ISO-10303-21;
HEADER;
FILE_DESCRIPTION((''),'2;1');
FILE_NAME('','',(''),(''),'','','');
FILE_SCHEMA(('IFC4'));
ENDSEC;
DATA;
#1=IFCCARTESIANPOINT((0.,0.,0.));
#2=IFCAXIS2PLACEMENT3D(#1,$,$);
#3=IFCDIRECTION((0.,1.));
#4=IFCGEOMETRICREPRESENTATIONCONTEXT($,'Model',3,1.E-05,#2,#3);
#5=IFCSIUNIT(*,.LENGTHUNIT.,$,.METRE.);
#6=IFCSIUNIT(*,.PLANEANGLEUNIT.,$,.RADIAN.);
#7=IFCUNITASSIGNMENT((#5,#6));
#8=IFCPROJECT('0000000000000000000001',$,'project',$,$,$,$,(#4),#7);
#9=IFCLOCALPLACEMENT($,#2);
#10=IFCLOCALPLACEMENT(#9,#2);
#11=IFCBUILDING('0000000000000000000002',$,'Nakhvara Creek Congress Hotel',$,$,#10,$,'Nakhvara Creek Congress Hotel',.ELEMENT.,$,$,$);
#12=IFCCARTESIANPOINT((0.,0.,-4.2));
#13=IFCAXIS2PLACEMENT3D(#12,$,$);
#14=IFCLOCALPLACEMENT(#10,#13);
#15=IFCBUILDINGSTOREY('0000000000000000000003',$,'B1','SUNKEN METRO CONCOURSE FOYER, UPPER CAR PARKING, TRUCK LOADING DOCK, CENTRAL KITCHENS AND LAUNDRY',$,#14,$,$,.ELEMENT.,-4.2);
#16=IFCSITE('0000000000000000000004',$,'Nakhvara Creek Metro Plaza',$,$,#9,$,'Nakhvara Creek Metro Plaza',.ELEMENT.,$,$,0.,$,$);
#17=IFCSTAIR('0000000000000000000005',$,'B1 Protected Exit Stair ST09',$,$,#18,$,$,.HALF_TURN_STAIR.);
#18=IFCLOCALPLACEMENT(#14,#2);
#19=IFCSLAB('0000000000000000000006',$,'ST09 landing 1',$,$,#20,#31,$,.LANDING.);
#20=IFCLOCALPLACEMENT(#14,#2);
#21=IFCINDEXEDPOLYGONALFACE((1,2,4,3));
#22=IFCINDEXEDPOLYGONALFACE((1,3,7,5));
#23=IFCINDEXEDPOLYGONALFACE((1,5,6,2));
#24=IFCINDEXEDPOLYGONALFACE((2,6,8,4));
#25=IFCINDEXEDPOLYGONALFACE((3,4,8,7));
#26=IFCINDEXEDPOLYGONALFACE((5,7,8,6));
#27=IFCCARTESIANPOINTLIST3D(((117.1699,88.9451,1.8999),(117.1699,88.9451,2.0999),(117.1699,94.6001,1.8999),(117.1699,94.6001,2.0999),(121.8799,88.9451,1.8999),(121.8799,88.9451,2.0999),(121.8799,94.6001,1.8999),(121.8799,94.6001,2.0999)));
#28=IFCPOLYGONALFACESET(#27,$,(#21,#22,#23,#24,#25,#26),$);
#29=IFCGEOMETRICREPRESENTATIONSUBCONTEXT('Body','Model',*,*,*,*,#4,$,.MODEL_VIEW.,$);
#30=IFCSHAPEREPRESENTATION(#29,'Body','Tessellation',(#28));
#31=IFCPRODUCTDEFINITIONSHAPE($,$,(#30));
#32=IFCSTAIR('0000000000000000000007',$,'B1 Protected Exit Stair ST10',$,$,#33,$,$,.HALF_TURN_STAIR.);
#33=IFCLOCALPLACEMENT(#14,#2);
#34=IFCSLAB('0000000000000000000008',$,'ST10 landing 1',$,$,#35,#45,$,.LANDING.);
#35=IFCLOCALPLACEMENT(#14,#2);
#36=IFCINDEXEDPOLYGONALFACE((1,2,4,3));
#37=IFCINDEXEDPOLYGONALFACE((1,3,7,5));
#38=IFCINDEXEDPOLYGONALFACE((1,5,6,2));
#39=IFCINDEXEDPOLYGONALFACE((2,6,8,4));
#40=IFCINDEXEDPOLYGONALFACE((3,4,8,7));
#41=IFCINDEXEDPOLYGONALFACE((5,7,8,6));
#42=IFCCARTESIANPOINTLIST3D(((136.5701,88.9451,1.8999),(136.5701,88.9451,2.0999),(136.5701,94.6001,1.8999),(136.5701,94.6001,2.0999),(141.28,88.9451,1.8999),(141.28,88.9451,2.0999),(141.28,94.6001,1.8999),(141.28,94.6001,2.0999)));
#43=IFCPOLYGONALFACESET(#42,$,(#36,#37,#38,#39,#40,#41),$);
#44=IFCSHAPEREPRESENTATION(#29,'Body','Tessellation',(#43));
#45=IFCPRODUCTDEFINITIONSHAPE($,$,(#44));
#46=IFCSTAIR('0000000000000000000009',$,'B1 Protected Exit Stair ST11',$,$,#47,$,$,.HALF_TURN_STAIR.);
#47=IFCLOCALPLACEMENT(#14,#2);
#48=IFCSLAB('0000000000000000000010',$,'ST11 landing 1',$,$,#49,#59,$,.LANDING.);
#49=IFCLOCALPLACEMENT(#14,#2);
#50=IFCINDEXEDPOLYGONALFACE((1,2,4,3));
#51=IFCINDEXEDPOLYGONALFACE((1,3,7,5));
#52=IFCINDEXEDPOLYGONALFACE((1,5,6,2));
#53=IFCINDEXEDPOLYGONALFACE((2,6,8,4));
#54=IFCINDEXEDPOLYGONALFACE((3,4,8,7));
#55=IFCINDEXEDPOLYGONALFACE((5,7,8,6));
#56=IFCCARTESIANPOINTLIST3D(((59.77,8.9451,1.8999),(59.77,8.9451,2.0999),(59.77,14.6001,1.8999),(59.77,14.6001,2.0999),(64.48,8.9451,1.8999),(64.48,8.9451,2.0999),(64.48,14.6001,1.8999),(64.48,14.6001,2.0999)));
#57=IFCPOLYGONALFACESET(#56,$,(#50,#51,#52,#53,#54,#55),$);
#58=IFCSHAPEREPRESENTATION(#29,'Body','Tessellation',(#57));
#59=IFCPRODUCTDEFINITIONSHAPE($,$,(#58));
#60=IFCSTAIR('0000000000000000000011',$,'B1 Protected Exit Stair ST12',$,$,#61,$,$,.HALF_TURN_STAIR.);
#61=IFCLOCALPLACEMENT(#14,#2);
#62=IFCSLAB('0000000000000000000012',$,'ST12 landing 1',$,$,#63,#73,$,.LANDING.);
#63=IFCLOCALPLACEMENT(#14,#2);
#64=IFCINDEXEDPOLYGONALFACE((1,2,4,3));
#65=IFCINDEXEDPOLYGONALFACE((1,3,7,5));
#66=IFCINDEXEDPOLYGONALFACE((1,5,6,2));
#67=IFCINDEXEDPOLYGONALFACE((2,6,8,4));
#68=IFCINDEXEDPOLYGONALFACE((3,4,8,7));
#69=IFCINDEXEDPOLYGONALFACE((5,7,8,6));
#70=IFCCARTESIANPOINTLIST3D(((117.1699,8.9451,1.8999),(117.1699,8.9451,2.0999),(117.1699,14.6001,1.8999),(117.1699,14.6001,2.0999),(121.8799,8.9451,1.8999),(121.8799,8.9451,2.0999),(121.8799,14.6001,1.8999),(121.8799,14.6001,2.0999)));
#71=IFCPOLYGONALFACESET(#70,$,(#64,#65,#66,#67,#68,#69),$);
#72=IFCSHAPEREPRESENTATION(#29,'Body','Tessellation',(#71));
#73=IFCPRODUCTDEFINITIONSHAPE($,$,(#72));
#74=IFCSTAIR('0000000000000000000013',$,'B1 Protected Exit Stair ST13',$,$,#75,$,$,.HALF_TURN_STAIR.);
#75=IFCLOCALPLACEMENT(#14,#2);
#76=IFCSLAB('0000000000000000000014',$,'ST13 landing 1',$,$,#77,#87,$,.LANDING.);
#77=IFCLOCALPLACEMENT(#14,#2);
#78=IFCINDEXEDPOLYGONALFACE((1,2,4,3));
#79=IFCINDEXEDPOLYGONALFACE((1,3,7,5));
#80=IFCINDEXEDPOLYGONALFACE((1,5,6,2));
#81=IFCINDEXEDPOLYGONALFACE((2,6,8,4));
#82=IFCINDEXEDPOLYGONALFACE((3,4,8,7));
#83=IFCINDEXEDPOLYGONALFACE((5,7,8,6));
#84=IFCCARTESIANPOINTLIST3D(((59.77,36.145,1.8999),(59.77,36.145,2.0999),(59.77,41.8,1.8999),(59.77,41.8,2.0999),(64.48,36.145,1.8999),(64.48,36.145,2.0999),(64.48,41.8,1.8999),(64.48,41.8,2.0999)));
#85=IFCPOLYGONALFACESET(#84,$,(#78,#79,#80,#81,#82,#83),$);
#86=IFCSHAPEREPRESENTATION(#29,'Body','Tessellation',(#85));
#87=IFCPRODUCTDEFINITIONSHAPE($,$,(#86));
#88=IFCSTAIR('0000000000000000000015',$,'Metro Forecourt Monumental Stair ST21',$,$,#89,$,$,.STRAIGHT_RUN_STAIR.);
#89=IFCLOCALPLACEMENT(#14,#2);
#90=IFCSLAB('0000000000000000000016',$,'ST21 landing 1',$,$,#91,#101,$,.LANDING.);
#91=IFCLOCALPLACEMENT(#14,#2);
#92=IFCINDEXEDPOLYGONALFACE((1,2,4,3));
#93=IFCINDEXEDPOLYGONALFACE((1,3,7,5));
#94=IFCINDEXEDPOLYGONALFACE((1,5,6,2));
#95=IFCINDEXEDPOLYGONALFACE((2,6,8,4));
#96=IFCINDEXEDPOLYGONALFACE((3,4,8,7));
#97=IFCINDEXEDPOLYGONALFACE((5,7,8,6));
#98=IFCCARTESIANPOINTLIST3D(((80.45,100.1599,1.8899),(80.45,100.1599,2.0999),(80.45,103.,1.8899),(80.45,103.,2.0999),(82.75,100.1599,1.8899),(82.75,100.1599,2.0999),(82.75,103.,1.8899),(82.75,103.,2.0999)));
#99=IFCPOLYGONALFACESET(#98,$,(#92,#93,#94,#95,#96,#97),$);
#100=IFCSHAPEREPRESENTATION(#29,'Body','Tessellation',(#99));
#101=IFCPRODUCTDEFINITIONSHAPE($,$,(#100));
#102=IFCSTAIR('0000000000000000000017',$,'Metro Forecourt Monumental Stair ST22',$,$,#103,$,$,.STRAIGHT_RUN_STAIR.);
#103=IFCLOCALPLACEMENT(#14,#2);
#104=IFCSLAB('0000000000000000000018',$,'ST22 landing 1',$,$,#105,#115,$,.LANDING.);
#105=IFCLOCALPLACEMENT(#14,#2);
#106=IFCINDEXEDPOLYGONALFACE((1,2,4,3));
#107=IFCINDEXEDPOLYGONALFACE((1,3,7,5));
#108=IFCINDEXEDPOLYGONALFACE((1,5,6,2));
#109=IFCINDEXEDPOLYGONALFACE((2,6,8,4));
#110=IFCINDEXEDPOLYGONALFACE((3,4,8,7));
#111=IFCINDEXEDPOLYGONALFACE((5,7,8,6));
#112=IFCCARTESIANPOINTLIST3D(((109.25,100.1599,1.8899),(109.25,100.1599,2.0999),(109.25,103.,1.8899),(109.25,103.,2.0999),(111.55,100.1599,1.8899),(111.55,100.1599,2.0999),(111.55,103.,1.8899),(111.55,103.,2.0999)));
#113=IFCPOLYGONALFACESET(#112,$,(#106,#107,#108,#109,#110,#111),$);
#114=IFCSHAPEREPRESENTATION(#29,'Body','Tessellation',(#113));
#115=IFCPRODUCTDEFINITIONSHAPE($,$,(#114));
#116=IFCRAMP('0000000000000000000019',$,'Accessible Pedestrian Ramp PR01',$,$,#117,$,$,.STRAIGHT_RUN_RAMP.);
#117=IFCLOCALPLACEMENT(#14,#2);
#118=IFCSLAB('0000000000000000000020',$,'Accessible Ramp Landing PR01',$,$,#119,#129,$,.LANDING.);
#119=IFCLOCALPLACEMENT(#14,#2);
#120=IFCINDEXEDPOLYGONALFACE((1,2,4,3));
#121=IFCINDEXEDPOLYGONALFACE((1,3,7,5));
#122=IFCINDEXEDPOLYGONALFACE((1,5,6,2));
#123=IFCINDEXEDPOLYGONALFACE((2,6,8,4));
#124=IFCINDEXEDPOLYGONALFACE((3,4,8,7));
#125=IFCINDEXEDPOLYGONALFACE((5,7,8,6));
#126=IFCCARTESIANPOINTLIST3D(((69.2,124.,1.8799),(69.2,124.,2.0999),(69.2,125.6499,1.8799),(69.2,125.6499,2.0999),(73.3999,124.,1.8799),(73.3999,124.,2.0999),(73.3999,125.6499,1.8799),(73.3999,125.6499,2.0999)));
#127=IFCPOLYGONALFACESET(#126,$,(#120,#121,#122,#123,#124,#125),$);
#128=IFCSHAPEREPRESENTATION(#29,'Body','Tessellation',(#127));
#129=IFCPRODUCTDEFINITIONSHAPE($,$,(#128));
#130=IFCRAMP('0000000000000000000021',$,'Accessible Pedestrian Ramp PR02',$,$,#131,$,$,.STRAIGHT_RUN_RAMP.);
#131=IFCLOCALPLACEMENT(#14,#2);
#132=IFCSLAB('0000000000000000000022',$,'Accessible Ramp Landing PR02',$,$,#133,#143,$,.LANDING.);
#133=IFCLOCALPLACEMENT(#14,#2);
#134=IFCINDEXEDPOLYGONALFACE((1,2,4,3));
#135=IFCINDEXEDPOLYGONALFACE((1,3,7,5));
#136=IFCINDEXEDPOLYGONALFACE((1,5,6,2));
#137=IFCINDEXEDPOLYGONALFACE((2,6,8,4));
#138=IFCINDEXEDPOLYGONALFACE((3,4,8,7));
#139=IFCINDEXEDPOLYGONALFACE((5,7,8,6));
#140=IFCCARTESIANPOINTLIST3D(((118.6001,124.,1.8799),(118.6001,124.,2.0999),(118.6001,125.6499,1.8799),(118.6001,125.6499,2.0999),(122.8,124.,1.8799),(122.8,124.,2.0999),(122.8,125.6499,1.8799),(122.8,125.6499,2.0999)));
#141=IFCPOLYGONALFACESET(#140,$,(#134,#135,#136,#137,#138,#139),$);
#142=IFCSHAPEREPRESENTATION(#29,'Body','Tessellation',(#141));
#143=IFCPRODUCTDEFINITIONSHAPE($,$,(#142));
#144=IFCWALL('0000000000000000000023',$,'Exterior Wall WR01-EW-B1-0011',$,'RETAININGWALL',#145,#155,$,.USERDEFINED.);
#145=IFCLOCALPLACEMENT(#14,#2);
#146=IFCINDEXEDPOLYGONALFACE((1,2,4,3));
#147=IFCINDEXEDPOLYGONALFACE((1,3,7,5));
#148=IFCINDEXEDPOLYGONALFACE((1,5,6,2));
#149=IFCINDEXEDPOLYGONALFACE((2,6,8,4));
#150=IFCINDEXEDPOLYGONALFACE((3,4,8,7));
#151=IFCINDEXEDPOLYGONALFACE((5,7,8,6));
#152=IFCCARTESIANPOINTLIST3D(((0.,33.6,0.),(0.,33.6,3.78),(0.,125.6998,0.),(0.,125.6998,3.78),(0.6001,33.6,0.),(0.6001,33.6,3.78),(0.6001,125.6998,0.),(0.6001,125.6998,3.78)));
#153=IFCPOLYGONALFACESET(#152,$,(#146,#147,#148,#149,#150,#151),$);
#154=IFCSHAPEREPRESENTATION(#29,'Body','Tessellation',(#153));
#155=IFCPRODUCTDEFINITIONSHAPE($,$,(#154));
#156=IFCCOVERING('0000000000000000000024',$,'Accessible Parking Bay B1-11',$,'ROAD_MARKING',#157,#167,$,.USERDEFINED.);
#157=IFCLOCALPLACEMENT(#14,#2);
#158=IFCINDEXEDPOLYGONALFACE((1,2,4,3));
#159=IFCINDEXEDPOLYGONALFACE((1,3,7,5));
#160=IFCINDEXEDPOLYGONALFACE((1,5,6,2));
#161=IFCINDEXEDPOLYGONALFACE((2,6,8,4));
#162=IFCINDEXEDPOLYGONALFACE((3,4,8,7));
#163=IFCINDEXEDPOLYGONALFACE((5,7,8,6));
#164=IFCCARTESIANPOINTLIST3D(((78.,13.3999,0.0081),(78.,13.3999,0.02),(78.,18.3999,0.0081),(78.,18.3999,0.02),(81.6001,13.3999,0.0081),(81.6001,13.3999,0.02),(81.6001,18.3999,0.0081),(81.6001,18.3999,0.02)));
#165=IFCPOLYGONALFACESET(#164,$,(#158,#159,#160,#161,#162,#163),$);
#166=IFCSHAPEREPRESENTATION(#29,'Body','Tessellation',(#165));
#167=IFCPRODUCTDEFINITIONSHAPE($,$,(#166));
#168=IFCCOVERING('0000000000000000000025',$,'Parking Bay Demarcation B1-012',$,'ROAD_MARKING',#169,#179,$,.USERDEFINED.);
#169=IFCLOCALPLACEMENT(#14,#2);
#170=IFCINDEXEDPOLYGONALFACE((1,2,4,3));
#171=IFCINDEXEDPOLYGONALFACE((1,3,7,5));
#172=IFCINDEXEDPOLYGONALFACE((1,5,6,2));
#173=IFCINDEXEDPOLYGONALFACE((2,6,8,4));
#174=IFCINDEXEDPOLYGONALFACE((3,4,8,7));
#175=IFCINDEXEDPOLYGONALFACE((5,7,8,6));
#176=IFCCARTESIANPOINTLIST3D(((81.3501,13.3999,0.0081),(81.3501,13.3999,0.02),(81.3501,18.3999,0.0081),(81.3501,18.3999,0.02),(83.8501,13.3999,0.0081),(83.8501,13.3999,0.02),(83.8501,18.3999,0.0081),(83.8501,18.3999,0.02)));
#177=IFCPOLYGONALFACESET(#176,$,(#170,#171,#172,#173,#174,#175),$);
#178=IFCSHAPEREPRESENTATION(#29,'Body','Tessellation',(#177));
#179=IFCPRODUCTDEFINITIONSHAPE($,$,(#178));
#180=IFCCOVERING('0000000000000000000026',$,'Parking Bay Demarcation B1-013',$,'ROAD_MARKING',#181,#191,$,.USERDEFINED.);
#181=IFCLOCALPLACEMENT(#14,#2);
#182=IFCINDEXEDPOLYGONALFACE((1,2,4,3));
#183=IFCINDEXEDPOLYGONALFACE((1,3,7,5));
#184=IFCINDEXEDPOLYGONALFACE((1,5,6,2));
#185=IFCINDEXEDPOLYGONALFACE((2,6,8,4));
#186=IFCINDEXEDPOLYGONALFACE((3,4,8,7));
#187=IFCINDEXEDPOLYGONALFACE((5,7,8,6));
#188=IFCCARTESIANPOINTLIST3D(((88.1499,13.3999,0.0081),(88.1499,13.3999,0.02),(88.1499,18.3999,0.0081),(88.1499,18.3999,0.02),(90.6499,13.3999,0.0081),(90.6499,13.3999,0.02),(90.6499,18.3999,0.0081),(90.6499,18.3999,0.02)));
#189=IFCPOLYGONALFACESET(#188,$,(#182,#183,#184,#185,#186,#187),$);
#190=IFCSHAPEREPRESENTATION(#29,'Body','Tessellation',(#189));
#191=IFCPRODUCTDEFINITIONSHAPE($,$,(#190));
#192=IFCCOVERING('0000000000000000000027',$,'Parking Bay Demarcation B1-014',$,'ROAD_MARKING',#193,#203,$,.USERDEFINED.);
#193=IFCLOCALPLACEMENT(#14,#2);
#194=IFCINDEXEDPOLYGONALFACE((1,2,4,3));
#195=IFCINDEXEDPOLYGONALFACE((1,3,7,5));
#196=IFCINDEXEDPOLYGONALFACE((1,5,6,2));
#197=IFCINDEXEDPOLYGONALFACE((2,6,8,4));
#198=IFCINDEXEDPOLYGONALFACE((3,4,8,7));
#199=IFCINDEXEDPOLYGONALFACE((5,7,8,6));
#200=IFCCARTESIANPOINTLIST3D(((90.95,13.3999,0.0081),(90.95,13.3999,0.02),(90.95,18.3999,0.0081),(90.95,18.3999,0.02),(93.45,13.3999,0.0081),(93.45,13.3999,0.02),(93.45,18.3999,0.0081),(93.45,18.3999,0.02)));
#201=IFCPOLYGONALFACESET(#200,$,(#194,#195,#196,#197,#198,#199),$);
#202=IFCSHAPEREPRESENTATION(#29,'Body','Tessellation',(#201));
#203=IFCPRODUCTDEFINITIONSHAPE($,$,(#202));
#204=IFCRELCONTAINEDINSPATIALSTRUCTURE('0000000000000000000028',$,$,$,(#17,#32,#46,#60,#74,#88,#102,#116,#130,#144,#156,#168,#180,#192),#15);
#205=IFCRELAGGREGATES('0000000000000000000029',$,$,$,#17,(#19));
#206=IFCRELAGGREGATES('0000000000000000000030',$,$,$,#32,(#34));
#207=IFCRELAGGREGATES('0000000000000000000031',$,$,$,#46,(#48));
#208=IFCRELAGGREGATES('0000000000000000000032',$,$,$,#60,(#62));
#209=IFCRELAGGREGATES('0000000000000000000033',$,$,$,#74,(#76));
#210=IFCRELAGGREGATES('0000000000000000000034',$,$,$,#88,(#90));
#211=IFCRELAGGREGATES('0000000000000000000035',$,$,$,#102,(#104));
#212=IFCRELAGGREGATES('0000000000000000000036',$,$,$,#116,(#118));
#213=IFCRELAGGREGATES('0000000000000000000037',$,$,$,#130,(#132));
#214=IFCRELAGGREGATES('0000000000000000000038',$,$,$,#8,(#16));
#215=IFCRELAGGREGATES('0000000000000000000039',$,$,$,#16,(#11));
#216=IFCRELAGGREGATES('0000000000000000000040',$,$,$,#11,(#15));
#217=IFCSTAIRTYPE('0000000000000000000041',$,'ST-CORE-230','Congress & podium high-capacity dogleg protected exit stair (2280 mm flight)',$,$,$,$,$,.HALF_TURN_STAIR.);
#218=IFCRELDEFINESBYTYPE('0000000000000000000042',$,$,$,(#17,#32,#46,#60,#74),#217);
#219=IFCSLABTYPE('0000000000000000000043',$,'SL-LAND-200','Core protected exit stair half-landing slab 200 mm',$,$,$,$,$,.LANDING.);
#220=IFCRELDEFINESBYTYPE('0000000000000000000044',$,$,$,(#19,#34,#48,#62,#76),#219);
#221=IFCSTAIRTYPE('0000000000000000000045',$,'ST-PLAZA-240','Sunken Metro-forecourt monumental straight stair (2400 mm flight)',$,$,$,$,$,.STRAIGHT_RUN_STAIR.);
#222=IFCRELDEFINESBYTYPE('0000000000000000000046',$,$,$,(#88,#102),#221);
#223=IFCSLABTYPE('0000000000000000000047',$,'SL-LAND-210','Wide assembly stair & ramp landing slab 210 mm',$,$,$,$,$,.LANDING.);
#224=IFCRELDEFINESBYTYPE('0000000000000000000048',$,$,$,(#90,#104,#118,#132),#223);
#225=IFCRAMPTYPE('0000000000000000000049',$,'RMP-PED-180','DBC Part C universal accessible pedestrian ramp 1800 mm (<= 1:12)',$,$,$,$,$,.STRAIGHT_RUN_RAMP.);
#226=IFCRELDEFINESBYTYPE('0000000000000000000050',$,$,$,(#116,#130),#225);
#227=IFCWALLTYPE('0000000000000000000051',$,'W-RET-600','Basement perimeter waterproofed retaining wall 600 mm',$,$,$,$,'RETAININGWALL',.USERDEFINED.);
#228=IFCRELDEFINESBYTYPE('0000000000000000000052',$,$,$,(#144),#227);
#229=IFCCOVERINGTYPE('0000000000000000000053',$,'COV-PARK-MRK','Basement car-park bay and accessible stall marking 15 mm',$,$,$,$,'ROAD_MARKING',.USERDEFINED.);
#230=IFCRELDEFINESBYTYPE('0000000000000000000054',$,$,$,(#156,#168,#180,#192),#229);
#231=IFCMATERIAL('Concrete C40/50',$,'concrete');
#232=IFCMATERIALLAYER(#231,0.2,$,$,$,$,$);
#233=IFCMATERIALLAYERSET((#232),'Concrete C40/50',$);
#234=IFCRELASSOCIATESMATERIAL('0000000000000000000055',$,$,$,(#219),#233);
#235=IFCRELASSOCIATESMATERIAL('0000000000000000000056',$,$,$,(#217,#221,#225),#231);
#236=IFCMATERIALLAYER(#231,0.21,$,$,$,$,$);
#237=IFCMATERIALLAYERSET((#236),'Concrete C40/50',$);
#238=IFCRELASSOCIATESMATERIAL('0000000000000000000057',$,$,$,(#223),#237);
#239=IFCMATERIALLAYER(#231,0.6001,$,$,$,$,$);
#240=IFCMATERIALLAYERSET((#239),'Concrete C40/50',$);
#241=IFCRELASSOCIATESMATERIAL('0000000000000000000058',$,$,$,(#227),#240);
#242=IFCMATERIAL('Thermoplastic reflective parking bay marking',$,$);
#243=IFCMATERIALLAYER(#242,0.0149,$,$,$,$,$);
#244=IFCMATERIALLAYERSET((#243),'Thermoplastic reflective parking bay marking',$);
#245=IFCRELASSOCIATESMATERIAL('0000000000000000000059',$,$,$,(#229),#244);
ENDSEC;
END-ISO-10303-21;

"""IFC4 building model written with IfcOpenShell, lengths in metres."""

from ifc_helpers import new_model, si_unit, direction, frame, frame_2d, origin, place, context, subcontext, project, spatial, polyline, rectangle, outline, extrude, material, layer, layer_set, type_object, element, aggregate, save


model = new_model("IFC4")

# Units and contexts
model_context = context("Model", 3, precision=1e-05, world=origin(), true_north=direction((0.0, 1.0)))
body_context = subcontext(model_context, "Body", "Model", "MODEL_VIEW")
ifc_project = project(units=[si_unit("LENGTHUNIT", "METRE"), si_unit("PLANEANGLEUNIT", "RADIAN")], contexts=[model_context])

# Site, building, storey
site_placement = place(None, origin())
site = spatial("IfcSite", under=ifc_project, at=site_placement, Name="Nakhvara Creek Metro Plaza", LongName="Nakhvara Creek Metro Plaza", CompositionType="ELEMENT", RefElevation=0.0)
building_placement = place(site_placement, origin())
building = spatial("IfcBuilding", under=site, at=building_placement, Name="Nakhvara Creek Congress Hotel", LongName="Nakhvara Creek Congress Hotel", CompositionType="ELEMENT")
storey_placement = place(building_placement, frame((0.0, 0.0, -4.2)))
storey = spatial("IfcBuildingStorey", under=building, at=storey_placement, Name="B1", Description="SUNKEN METRO CONCOURSE FOYER, UPPER CAR PARKING, TRUCK LOADING DOCK, CENTRAL KITCHENS AND LAUNDRY", CompositionType="ELEMENT", Elevation=-4.2)

# Shared definitions
ifc_material_1 = material(Name="Concrete C40/50", Category="concrete")

# Stairs, slabs
ifc_layer_1 = layer(ifc_material_1, 0.2)
ifc_layer_set_1 = layer_set([ifc_layer_1], Name="Concrete C40/50")
slab_type_1 = type_object("IfcSlabType", Name="SL-LAND-200", Description="Core protected exit stair half-landing slab 200 mm", PredefinedType="LANDING", material=ifc_layer_set_1)
stair_type_1 = type_object("IfcStairType", Name="ST-CORE-230", Description="Congress & podium high-capacity dogleg protected exit stair (2280 mm flight)", PredefinedType="HALF_TURN_STAIR", material=ifc_material_1)
stair_1_placement = place(storey_placement, origin())
stair_1 = element("IfcStair", 1, at=stair_1_placement, inside=storey, type_object=stair_type_1, Name="B1 Protected Exit Stair ST09", PredefinedType="HALF_TURN_STAIR")
slab_1_placement = place(storey_placement, frame((0.0, 0.0, 1.8999)))
slab_1 = element("IfcSlab", 2, at=slab_1_placement, type_object=slab_type_1, Name="ST09 landing 1", PredefinedType="LANDING", context=body_context, shape_type="SweptSolid", body=[
    extrude(outline(polyline([(121.8799, 88.9451), (121.8799, 94.6001), (117.1699, 94.6001), (117.1699, 88.9451), (121.8799, 88.9451)])), origin(), (0.0, 0.0, 1.0), 0.2),
])
aggregate(stair_1, [slab_1])
stair_2_placement = place(storey_placement, origin())
stair_2 = element("IfcStair", 3, at=stair_2_placement, inside=storey, type_object=stair_type_1, Name="B1 Protected Exit Stair ST10", PredefinedType="HALF_TURN_STAIR")
slab_2_placement = place(storey_placement, frame((0.0, 0.0, 1.8999)))
slab_2 = element("IfcSlab", 4, at=slab_2_placement, type_object=slab_type_1, Name="ST10 landing 1", PredefinedType="LANDING", context=body_context, shape_type="SweptSolid", body=[
    extrude(outline(polyline([(141.28, 88.9451), (141.28, 94.6001), (136.5701, 94.6001), (136.5701, 88.9451), (141.28, 88.9451)])), origin(), (0.0, 0.0, 1.0), 0.2),
])
aggregate(stair_2, [slab_2])
stair_3_placement = place(storey_placement, origin())
stair_3 = element("IfcStair", 5, at=stair_3_placement, inside=storey, type_object=stair_type_1, Name="B1 Protected Exit Stair ST11", PredefinedType="HALF_TURN_STAIR")
slab_3_placement = place(storey_placement, frame((0.0, 0.0, 1.8999)))
slab_3 = element("IfcSlab", 6, at=slab_3_placement, type_object=slab_type_1, Name="ST11 landing 1", PredefinedType="LANDING", context=body_context, shape_type="SweptSolid", body=[
    extrude(outline(polyline([(64.48, 8.9451), (64.48, 14.6001), (59.77, 14.6001), (59.77, 8.9451), (64.48, 8.9451)])), origin(), (0.0, 0.0, 1.0), 0.2),
])
aggregate(stair_3, [slab_3])
stair_4_placement = place(storey_placement, origin())
stair_4 = element("IfcStair", 7, at=stair_4_placement, inside=storey, type_object=stair_type_1, Name="B1 Protected Exit Stair ST12", PredefinedType="HALF_TURN_STAIR")
slab_4_placement = place(storey_placement, frame((0.0, 0.0, 1.8999)))
slab_4 = element("IfcSlab", 8, at=slab_4_placement, type_object=slab_type_1, Name="ST12 landing 1", PredefinedType="LANDING", context=body_context, shape_type="SweptSolid", body=[
    extrude(outline(polyline([(121.8799, 8.9451), (121.8799, 14.6001), (117.1699, 14.6001), (117.1699, 8.9451), (121.8799, 8.9451)])), origin(), (0.0, 0.0, 1.0), 0.2),
])
aggregate(stair_4, [slab_4])
stair_5_placement = place(storey_placement, origin())
stair_5 = element("IfcStair", 9, at=stair_5_placement, inside=storey, type_object=stair_type_1, Name="B1 Protected Exit Stair ST13", PredefinedType="HALF_TURN_STAIR")
slab_5_placement = place(storey_placement, frame((0.0, 0.0, 1.8999)))
slab_5 = element("IfcSlab", 10, at=slab_5_placement, type_object=slab_type_1, Name="ST13 landing 1", PredefinedType="LANDING", context=body_context, shape_type="SweptSolid", body=[
    extrude(outline(polyline([(64.48, 36.145), (64.48, 41.8), (59.77, 41.8), (59.77, 36.145), (64.48, 36.145)])), origin(), (0.0, 0.0, 1.0), 0.2),
])
aggregate(stair_5, [slab_5])
stair_type_2 = type_object("IfcStairType", Name="ST-PLAZA-240", Description="Sunken Metro-forecourt monumental straight stair (2400 mm flight)", PredefinedType="STRAIGHT_RUN_STAIR", material=ifc_material_1)
stair_6_placement = place(storey_placement, origin())
stair_6 = element("IfcStair", 11, at=stair_6_placement, inside=storey, type_object=stair_type_2, Name="Metro Forecourt Monumental Stair ST21", PredefinedType="STRAIGHT_RUN_STAIR")
ifc_layer_2 = layer(ifc_material_1, 0.21)
ifc_layer_set_2 = layer_set([ifc_layer_2], Name="Concrete C40/50")
slab_type_2 = type_object("IfcSlabType", Name="SL-LAND-210", Description="Wide assembly stair & ramp landing slab 210 mm", PredefinedType="LANDING", material=ifc_layer_set_2)
slab_6_placement = place(storey_placement, frame((0.0, 0.0, 1.8899)))
slab_6 = element("IfcSlab", 12, at=slab_6_placement, type_object=slab_type_2, Name="ST21 landing 1", PredefinedType="LANDING", context=body_context, shape_type="SweptSolid", body=[
    extrude(outline(polyline([(80.45, 100.1599), (82.75, 100.1599), (82.75, 103.0), (80.45, 103.0), (80.45, 100.1599)])), origin(), (0.0, 0.0, 1.0), 0.21),
])
aggregate(stair_6, [slab_6])
stair_7_placement = place(storey_placement, origin())
stair_7 = element("IfcStair", 13, at=stair_7_placement, inside=storey, type_object=stair_type_2, Name="Metro Forecourt Monumental Stair ST22", PredefinedType="STRAIGHT_RUN_STAIR")
slab_7_placement = place(storey_placement, frame((0.0, 0.0, 1.8899)))
slab_7 = element("IfcSlab", 14, at=slab_7_placement, type_object=slab_type_2, Name="ST22 landing 1", PredefinedType="LANDING", context=body_context, shape_type="SweptSolid", body=[
    extrude(outline(polyline([(109.25, 100.1599), (111.55, 100.1599), (111.55, 103.0), (109.25, 103.0), (109.25, 100.1599)])), origin(), (0.0, 0.0, 1.0), 0.21),
])
aggregate(stair_7, [slab_7])

# Ramps, slabs
ramp_type = type_object("IfcRampType", Name="RMP-PED-180", Description="DBC Part C universal accessible pedestrian ramp 1800 mm (<= 1:12)", PredefinedType="STRAIGHT_RUN_RAMP", material=ifc_material_1)
ramp_1_placement = place(storey_placement, origin())
ramp_1 = element("IfcRamp", 15, at=ramp_1_placement, inside=storey, type_object=ramp_type, Name="Accessible Pedestrian Ramp PR01", PredefinedType="STRAIGHT_RUN_RAMP")
slab_8_placement = place(storey_placement, frame((0.0, 0.0, 1.8799)))
slab_8 = element("IfcSlab", 16, at=slab_8_placement, type_object=slab_type_2, Name="Accessible Ramp Landing PR01", PredefinedType="LANDING", context=body_context, shape_type="SweptSolid", body=[
    extrude(outline(polyline([(69.2, 124.0), (73.3999, 124.0), (73.3999, 125.6499), (69.2, 125.6499), (69.2, 124.0)])), origin(), (0.0, 0.0, 1.0), 0.22),
])
aggregate(ramp_1, [slab_8])
ramp_2_placement = place(storey_placement, origin())
ramp_2 = element("IfcRamp", 17, at=ramp_2_placement, inside=storey, type_object=ramp_type, Name="Accessible Pedestrian Ramp PR02", PredefinedType="STRAIGHT_RUN_RAMP")
slab_9_placement = place(storey_placement, frame((0.0, 0.0, 1.8799)))
slab_9 = element("IfcSlab", 18, at=slab_9_placement, type_object=slab_type_2, Name="Accessible Ramp Landing PR02", PredefinedType="LANDING", context=body_context, shape_type="SweptSolid", body=[
    extrude(outline(polyline([(118.6001, 124.0), (122.8, 124.0), (122.8, 125.6499), (118.6001, 125.6499), (118.6001, 124.0)])), origin(), (0.0, 0.0, 1.0), 0.22),
])
aggregate(ramp_2, [slab_9])

# Wall
ifc_layer_3 = layer(ifc_material_1, 0.6001)
ifc_layer_set_3 = layer_set([ifc_layer_3], Name="Concrete C40/50")
wall_type = type_object("IfcWallType", Name="W-RET-600", Description="Basement perimeter waterproofed retaining wall 600 mm", ElementType="RETAININGWALL", PredefinedType="USERDEFINED", material=ifc_layer_set_3)
wall_placement = place(storey_placement, frame((0.3, 33.6001, 0.0), z_axis=(0.0, 0.0, 1.0), x_axis=(0.0, 1.0, 0.0)))
element("IfcWall", 19, at=wall_placement, inside=storey, type_object=wall_type, Name="Exterior Wall WR01-EW-B1-0011", ObjectType="RETAININGWALL", PredefinedType="USERDEFINED", context=body_context, shape_type="SweptSolid", body=[
    extrude(rectangle(XDim=92.0999, YDim=0.6001, at=frame_2d((46.0498, 0.0))), origin(), (0.0, 0.0, 1.0), 3.78),
])

# Coverings
ifc_material_2 = material(Name="Thermoplastic reflective parking bay marking")
ifc_layer_4 = layer(ifc_material_2, 0.0149)
ifc_layer_set_4 = layer_set([ifc_layer_4], Name="Thermoplastic reflective parking bay marking")
covering_type = type_object("IfcCoveringType", Name="COV-PARK-MRK", Description="Basement car-park bay and accessible stall marking 15 mm", ElementType="ROAD_MARKING", PredefinedType="USERDEFINED", material=ifc_layer_set_4)
covering_1_placement = place(storey_placement, frame((0.0, 0.0, 0.0081)))
element("IfcCovering", 20, at=covering_1_placement, inside=storey, type_object=covering_type, Name="Accessible Parking Bay B1-11", ObjectType="ROAD_MARKING", PredefinedType="USERDEFINED", context=body_context, shape_type="SweptSolid", body=[
    extrude(outline(polyline([(78.0, 13.3999), (81.6001, 13.3999), (81.6001, 18.3999), (78.0, 18.3999), (78.0, 13.3999)])), origin(), (0.0, 0.0, 1.0), 0.012),
])
covering_2_placement = place(storey_placement, frame((0.0, 0.0, 0.0081)))
element("IfcCovering", 21, at=covering_2_placement, inside=storey, type_object=covering_type, Name="Parking Bay Demarcation B1-012", ObjectType="ROAD_MARKING", PredefinedType="USERDEFINED", context=body_context, shape_type="SweptSolid", body=[
    extrude(outline(polyline([(81.3501, 13.3999), (83.8501, 13.3999), (83.8501, 18.3999), (81.3501, 18.3999), (81.3501, 13.3999)])), origin(), (0.0, 0.0, 1.0), 0.012),
])
covering_3_placement = place(storey_placement, frame((0.0, 0.0, 0.0081)))
element("IfcCovering", 22, at=covering_3_placement, inside=storey, type_object=covering_type, Name="Parking Bay Demarcation B1-013", ObjectType="ROAD_MARKING", PredefinedType="USERDEFINED", context=body_context, shape_type="SweptSolid", body=[
    extrude(outline(polyline([(88.1499, 13.3999), (90.6499, 13.3999), (90.6499, 18.3999), (88.1499, 18.3999), (88.1499, 13.3999)])), origin(), (0.0, 0.0, 1.0), 0.012),
])
covering_4_placement = place(storey_placement, frame((0.0, 0.0, 0.0081)))
element("IfcCovering", 23, at=covering_4_placement, inside=storey, type_object=covering_type, Name="Parking Bay Demarcation B1-014", ObjectType="ROAD_MARKING", PredefinedType="USERDEFINED", context=body_context, shape_type="SweptSolid", body=[
    extrude(outline(polyline([(90.95, 13.3999), (93.45, 13.3999), (93.45, 18.3999), (90.95, 18.3999), (90.95, 13.3999)])), origin(), (0.0, 0.0, 1.0), 0.012),
])

save(model, "model.ifc")
